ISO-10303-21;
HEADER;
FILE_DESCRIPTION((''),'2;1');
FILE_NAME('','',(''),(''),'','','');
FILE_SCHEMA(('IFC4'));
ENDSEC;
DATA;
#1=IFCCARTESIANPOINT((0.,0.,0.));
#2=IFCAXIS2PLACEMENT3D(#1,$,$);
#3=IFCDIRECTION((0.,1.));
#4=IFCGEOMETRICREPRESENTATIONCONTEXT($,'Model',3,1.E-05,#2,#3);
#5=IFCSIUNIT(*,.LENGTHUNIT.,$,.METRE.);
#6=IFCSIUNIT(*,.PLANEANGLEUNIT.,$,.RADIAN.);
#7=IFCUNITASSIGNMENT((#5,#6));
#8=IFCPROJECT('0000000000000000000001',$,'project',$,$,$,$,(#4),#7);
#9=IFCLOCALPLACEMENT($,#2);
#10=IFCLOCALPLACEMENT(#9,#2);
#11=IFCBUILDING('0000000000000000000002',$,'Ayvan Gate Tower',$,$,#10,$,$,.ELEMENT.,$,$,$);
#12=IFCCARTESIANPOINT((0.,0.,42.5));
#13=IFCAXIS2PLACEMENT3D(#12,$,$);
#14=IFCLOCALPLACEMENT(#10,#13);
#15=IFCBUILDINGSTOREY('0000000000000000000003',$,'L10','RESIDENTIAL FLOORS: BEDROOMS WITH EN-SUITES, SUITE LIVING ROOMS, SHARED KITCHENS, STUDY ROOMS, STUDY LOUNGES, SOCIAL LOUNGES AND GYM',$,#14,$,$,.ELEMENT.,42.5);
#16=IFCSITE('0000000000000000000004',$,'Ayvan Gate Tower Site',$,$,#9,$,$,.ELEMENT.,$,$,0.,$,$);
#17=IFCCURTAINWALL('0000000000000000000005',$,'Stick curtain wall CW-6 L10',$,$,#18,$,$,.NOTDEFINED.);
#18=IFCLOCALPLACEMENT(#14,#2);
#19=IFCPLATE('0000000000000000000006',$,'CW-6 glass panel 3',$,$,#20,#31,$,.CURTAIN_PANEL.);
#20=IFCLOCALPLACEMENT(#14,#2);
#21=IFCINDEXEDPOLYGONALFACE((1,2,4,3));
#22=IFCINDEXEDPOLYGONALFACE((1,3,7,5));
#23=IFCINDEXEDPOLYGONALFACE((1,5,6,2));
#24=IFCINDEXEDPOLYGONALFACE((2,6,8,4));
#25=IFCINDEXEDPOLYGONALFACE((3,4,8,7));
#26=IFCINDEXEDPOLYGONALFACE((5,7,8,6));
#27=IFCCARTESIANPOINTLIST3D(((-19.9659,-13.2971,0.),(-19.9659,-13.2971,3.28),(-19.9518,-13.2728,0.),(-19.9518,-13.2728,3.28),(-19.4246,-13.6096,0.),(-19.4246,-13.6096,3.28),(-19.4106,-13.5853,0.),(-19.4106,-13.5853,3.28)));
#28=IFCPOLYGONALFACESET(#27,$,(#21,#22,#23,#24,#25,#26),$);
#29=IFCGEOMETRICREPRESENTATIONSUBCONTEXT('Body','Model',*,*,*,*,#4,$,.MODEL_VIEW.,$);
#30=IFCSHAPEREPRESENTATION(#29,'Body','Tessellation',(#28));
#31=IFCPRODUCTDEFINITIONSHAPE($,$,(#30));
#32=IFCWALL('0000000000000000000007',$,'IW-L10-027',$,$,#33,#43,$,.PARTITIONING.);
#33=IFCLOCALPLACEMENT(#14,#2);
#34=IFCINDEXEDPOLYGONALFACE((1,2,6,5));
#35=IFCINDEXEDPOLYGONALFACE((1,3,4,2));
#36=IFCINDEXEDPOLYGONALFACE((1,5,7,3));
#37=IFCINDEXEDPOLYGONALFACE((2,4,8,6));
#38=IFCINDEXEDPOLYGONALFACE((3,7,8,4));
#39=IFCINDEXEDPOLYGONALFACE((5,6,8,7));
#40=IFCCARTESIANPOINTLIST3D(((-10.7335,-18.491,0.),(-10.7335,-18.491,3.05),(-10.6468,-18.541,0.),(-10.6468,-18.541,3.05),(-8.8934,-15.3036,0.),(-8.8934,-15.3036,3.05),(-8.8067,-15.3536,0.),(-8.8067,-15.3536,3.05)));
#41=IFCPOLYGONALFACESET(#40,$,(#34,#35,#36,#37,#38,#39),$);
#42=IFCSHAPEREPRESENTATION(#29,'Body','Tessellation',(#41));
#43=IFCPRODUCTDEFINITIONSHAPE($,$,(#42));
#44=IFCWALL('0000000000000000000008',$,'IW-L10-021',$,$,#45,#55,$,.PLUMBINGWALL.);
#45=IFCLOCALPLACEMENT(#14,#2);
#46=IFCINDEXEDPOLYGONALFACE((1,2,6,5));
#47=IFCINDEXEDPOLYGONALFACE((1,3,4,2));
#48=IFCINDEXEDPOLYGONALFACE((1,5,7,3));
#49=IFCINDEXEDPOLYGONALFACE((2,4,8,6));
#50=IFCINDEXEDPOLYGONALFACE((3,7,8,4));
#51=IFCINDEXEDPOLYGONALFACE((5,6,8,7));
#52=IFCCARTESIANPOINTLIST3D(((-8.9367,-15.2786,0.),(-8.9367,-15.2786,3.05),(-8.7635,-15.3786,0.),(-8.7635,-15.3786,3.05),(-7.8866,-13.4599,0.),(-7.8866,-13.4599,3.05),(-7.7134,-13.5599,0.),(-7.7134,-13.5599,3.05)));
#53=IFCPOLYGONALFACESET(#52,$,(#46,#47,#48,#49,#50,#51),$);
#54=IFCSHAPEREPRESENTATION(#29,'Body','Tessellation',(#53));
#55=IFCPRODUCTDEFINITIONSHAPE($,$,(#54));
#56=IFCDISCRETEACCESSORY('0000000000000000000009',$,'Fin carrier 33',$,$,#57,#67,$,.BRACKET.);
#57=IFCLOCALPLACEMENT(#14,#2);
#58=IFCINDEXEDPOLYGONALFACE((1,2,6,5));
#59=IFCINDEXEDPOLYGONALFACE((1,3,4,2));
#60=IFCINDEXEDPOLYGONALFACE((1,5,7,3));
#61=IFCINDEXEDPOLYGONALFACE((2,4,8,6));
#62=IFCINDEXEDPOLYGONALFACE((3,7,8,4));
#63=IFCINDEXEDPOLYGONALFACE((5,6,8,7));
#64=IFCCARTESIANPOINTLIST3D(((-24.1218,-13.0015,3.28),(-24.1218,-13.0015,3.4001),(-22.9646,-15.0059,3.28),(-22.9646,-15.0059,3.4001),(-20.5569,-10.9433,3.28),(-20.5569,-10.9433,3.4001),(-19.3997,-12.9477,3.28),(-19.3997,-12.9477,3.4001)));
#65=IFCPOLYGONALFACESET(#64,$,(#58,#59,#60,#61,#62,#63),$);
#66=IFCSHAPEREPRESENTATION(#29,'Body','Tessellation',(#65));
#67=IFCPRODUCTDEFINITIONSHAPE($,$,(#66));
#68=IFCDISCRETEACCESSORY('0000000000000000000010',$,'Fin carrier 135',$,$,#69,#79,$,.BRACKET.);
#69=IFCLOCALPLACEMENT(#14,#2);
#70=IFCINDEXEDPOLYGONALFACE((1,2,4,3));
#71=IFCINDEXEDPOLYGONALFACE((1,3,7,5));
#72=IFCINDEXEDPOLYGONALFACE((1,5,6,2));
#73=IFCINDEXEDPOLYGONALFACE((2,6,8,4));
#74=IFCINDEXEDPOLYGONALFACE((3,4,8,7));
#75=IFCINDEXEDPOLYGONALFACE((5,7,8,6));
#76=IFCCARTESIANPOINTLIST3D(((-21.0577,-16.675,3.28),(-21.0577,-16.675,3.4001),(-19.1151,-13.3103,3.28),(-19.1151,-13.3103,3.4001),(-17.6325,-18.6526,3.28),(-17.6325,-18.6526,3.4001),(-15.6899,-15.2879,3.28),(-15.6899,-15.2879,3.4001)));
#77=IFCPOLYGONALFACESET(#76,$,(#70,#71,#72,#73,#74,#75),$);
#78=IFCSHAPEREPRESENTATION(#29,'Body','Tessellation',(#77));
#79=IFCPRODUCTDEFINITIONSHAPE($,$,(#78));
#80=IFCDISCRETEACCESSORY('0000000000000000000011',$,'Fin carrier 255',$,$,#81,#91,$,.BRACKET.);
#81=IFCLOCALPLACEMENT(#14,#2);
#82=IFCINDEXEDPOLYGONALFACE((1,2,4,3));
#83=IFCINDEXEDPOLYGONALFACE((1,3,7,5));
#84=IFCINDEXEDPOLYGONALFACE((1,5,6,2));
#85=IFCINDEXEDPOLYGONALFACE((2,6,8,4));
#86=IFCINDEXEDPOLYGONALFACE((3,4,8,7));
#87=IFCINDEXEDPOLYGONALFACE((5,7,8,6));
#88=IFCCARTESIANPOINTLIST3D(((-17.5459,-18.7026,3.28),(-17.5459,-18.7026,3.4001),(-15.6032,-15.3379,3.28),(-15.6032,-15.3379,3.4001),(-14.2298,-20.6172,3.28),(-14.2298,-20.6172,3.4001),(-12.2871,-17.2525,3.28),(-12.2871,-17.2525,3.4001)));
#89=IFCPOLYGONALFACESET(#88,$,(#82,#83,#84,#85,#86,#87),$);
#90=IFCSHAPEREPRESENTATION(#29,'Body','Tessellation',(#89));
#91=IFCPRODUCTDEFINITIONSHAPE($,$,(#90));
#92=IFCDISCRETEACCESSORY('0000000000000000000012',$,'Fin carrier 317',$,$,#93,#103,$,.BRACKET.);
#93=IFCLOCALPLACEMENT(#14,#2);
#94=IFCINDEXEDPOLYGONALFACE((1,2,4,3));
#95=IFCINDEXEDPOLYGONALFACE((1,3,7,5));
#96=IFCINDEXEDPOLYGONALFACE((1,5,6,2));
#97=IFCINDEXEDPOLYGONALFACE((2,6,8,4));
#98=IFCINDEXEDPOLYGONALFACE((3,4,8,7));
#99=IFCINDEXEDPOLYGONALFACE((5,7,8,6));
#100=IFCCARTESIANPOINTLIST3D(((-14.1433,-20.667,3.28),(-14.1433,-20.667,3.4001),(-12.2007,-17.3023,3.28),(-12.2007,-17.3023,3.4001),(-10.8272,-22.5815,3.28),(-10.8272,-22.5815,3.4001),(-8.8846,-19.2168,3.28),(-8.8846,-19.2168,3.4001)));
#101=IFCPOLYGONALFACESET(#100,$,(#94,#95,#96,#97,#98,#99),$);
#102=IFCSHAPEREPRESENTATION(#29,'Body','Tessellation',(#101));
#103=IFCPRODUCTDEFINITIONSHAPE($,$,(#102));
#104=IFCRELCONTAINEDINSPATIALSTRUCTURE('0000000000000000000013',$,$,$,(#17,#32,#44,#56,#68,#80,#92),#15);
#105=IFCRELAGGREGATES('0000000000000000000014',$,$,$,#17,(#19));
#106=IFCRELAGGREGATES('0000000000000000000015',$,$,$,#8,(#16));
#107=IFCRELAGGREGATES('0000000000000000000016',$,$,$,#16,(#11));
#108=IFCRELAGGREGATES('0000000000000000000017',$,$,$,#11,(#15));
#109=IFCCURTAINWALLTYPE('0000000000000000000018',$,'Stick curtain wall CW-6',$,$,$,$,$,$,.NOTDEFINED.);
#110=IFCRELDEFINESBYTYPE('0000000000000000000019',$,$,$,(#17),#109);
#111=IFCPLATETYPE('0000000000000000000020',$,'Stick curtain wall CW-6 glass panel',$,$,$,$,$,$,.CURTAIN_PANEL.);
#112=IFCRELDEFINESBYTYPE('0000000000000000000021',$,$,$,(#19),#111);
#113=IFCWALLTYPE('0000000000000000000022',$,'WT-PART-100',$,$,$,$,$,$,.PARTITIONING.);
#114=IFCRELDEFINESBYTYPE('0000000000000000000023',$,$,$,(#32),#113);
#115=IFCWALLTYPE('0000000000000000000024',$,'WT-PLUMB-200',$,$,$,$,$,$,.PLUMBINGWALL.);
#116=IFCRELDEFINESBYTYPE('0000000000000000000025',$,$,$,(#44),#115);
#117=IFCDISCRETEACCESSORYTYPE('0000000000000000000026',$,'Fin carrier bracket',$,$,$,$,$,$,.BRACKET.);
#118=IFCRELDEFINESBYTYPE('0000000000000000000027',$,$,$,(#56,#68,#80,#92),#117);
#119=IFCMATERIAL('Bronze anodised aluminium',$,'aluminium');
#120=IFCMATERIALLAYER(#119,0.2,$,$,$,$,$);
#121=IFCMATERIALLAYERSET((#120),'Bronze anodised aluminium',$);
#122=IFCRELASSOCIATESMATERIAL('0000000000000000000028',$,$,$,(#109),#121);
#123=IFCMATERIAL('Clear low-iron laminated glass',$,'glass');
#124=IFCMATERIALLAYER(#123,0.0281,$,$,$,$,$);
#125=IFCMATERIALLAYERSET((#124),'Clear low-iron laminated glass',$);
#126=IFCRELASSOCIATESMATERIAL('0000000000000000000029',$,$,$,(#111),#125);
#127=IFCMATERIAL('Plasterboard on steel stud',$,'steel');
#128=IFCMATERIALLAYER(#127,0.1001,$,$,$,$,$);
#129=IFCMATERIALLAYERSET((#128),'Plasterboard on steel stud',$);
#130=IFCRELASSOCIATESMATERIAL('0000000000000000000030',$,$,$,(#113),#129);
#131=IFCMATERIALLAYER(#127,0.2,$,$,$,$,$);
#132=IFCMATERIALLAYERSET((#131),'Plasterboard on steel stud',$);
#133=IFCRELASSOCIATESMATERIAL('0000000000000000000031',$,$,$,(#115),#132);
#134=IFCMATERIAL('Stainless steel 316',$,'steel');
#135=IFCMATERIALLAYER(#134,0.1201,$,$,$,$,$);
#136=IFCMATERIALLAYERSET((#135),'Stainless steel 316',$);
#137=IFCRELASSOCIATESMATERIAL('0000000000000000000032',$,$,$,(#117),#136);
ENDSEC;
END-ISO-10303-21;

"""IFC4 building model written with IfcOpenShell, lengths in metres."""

from ifc_helpers import new_model, si_unit, direction, frame, frame_2d, origin, origin_2d, place, context, subcontext, project, spatial, rectangle, extrude, material, layer, layer_set, type_object, element, aggregate, save


model = new_model("IFC4")

# Units and contexts
model_context = context("Model", 3, precision=1e-05, world=origin(), true_north=direction((0.0, 1.0)))
body_context = subcontext(model_context, "Body", "Model", "MODEL_VIEW")
ifc_project = project(units=[si_unit("LENGTHUNIT", "METRE"), si_unit("PLANEANGLEUNIT", "RADIAN")], contexts=[model_context])

# Site, building, storey
site_placement = place(None, origin())
site = spatial("IfcSite", under=ifc_project, at=site_placement, Name="Ayvan Gate Tower Site", CompositionType="ELEMENT", RefElevation=0.0)
building_placement = place(site_placement, origin())
building = spatial("IfcBuilding", under=site, at=building_placement, Name="Ayvan Gate Tower", CompositionType="ELEMENT")
storey_placement = place(building_placement, frame((0.0, 0.0, 42.5)))
storey = spatial("IfcBuildingStorey", under=building, at=storey_placement, Name="L10", Description="RESIDENTIAL FLOORS: BEDROOMS WITH EN-SUITES, SUITE LIVING ROOMS, SHARED KITCHENS, STUDY ROOMS, STUDY LOUNGES, SOCIAL LOUNGES AND GYM", CompositionType="ELEMENT", Elevation=42.5)

# Curtain wall
ifc_material_1 = material(Name="Bronze anodised aluminium", Category="aluminium")
ifc_layer_1 = layer(ifc_material_1, 0.2)
ifc_layer_set_1 = layer_set([ifc_layer_1], Name="Bronze anodised aluminium")
curtain_wall_type_1 = type_object("IfcCurtainWallType", Name="Stick curtain wall CW-6", PredefinedType="NOTDEFINED", material=ifc_layer_set_1)
curtain_wall_1_placement = place(storey_placement, origin())
curtain_wall_1 = element("IfcCurtainWall", 1, at=curtain_wall_1_placement, inside=storey, type_object=curtain_wall_type_1, Name="Stick curtain wall CW-6 L10", PredefinedType="NOTDEFINED")

# Plate
ifc_material_2 = material(Name="Clear low-iron laminated glass", Category="glass")
ifc_layer_2 = layer(ifc_material_2, 0.0281)
ifc_layer_set_2 = layer_set([ifc_layer_2], Name="Clear low-iron laminated glass")
plate_type_1 = type_object("IfcPlateType", Name="Stick curtain wall CW-6 glass panel", PredefinedType="CURTAIN_PANEL", material=ifc_layer_set_2)
plate_1_placement = place(storey_placement, frame((-19.6882, -13.4412, 0.0), z_axis=(0.0, 0.0, 1.0), x_axis=(0.866025, -0.5, 0.0)))
plate_1 = element("IfcPlate", 2, at=plate_1_placement, type_object=plate_type_1, Name="CW-6 glass panel 3", PredefinedType="CURTAIN_PANEL", context=body_context, shape_type="SweptSolid", body=[
    extrude(rectangle(XDim=0.625, YDim=0.0281, at=origin_2d()), origin(), (0.0, 0.0, 1.0), 3.28),
])
aggregate(curtain_wall_1, [plate_1])

# Walls
ifc_material_3 = material(Name="Plasterboard on steel stud", Category="steel")
ifc_layer_3 = layer(ifc_material_3, 0.1001)
ifc_layer_set_3 = layer_set([ifc_layer_3], Name="Plasterboard on steel stud")
wall_type_1 = type_object("IfcWallType", Name="WT-PART-100", PredefinedType="PARTITIONING", material=ifc_layer_set_3)
wall_1_placement = place(storey_placement, frame((-10.6902, -18.5161, 0.0), z_axis=(0.0, 0.0, 1.0), x_axis=(0.499956, 0.866051, 0.0)))
element("IfcWall", 3, at=wall_1_placement, inside=storey, type_object=wall_type_1, Name="IW-L10-027", PredefinedType="PARTITIONING", context=body_context, shape_type="SweptSolid", body=[
    extrude(rectangle(XDim=3.6804, YDim=0.1001, at=frame_2d((1.8403, 0.0))), origin(), (0.0, 0.0, 1.0), 3.05),
])
ifc_layer_4 = layer(ifc_material_3, 0.2)
ifc_layer_set_4 = layer_set([ifc_layer_4], Name="Plasterboard on steel stud")
wall_type_2 = type_object("IfcWallType", Name="WT-PLUMB-200", PredefinedType="PLUMBINGWALL", material=ifc_layer_set_4)
wall_2_placement = place(storey_placement, frame((-8.8501, -15.3286, 0.0), z_axis=(0.0, 0.0, 1.0), x_axis=(0.500028, 0.866009, 0.0)))
element("IfcWall", 4, at=wall_2_placement, inside=storey, type_object=wall_type_2, Name="IW-L10-021", PredefinedType="PLUMBINGWALL", context=body_context, shape_type="SweptSolid", body=[
    extrude(rectangle(XDim=2.1001, YDim=0.2, at=frame_2d((1.05, 0.0))), origin(), (0.0, 0.0, 1.0), 3.05),
])

# Discrete accessories
ifc_material_4 = material(Name="Stainless steel 316", Category="steel")
ifc_layer_5 = layer(ifc_material_4, 0.1201)
ifc_layer_set_5 = layer_set([ifc_layer_5], Name="Stainless steel 316")
discrete_accessory_type = type_object("IfcDiscreteAccessoryType", Name="Fin carrier bracket", PredefinedType="BRACKET", material=ifc_layer_set_5)
discrete_accessory_1_placement = place(storey_placement, frame((-21.7607, -12.9746, 3.28), z_axis=(0.0, 0.0, 1.0), x_axis=(0.5, -0.866025, 0.0)))
element("IfcDiscreteAccessory", 5, at=discrete_accessory_1_placement, inside=storey, type_object=discrete_accessory_type, Name="Fin carrier 33", PredefinedType="BRACKET", context=body_context, shape_type="SweptSolid", body=[
    extrude(rectangle(XDim=2.3145, YDim=4.1165, at=origin_2d()), origin(), (0.0, 0.0, 1.0), 0.1201),
])
discrete_accessory_2_placement = place(storey_placement, frame((-18.3738, -15.9814, 3.28), z_axis=(0.0, 0.0, 1.0), x_axis=(0.866025, -0.5, 0.0)))
element("IfcDiscreteAccessory", 6, at=discrete_accessory_2_placement, inside=storey, type_object=discrete_accessory_type, Name="Fin carrier 135", PredefinedType="BRACKET", context=body_context, shape_type="SweptSolid", body=[
    extrude(rectangle(XDim=3.9551, YDim=3.8853, at=origin_2d()), origin(), (0.0, 0.0, 1.0), 0.1201),
])
for number, where, z_axis, x_axis, name in (
    (7, (-14.9165, -17.9775, 3.28), (0.0, 0.0, 1.0), (0.866025, -0.5, 0.0), "Fin carrier 255"),
    (8, (-11.5139, -19.9419, 3.28), (0.0, 0.0, 1.0), (0.866025, -0.5, 0.0), "Fin carrier 317"),
):
    element("IfcDiscreteAccessory", number, at=place(storey_placement, frame(where, z_axis=z_axis, x_axis=x_axis)), inside=storey, type_object=discrete_accessory_type, Name=name, PredefinedType="BRACKET", context=body_context, shape_type="SweptSolid", body=[
        extrude(rectangle(XDim=3.8291, YDim=3.8853, at=origin_2d()), origin(), (0.0, 0.0, 1.0), 0.1201),
    ])

save(model, "model.ifc")
